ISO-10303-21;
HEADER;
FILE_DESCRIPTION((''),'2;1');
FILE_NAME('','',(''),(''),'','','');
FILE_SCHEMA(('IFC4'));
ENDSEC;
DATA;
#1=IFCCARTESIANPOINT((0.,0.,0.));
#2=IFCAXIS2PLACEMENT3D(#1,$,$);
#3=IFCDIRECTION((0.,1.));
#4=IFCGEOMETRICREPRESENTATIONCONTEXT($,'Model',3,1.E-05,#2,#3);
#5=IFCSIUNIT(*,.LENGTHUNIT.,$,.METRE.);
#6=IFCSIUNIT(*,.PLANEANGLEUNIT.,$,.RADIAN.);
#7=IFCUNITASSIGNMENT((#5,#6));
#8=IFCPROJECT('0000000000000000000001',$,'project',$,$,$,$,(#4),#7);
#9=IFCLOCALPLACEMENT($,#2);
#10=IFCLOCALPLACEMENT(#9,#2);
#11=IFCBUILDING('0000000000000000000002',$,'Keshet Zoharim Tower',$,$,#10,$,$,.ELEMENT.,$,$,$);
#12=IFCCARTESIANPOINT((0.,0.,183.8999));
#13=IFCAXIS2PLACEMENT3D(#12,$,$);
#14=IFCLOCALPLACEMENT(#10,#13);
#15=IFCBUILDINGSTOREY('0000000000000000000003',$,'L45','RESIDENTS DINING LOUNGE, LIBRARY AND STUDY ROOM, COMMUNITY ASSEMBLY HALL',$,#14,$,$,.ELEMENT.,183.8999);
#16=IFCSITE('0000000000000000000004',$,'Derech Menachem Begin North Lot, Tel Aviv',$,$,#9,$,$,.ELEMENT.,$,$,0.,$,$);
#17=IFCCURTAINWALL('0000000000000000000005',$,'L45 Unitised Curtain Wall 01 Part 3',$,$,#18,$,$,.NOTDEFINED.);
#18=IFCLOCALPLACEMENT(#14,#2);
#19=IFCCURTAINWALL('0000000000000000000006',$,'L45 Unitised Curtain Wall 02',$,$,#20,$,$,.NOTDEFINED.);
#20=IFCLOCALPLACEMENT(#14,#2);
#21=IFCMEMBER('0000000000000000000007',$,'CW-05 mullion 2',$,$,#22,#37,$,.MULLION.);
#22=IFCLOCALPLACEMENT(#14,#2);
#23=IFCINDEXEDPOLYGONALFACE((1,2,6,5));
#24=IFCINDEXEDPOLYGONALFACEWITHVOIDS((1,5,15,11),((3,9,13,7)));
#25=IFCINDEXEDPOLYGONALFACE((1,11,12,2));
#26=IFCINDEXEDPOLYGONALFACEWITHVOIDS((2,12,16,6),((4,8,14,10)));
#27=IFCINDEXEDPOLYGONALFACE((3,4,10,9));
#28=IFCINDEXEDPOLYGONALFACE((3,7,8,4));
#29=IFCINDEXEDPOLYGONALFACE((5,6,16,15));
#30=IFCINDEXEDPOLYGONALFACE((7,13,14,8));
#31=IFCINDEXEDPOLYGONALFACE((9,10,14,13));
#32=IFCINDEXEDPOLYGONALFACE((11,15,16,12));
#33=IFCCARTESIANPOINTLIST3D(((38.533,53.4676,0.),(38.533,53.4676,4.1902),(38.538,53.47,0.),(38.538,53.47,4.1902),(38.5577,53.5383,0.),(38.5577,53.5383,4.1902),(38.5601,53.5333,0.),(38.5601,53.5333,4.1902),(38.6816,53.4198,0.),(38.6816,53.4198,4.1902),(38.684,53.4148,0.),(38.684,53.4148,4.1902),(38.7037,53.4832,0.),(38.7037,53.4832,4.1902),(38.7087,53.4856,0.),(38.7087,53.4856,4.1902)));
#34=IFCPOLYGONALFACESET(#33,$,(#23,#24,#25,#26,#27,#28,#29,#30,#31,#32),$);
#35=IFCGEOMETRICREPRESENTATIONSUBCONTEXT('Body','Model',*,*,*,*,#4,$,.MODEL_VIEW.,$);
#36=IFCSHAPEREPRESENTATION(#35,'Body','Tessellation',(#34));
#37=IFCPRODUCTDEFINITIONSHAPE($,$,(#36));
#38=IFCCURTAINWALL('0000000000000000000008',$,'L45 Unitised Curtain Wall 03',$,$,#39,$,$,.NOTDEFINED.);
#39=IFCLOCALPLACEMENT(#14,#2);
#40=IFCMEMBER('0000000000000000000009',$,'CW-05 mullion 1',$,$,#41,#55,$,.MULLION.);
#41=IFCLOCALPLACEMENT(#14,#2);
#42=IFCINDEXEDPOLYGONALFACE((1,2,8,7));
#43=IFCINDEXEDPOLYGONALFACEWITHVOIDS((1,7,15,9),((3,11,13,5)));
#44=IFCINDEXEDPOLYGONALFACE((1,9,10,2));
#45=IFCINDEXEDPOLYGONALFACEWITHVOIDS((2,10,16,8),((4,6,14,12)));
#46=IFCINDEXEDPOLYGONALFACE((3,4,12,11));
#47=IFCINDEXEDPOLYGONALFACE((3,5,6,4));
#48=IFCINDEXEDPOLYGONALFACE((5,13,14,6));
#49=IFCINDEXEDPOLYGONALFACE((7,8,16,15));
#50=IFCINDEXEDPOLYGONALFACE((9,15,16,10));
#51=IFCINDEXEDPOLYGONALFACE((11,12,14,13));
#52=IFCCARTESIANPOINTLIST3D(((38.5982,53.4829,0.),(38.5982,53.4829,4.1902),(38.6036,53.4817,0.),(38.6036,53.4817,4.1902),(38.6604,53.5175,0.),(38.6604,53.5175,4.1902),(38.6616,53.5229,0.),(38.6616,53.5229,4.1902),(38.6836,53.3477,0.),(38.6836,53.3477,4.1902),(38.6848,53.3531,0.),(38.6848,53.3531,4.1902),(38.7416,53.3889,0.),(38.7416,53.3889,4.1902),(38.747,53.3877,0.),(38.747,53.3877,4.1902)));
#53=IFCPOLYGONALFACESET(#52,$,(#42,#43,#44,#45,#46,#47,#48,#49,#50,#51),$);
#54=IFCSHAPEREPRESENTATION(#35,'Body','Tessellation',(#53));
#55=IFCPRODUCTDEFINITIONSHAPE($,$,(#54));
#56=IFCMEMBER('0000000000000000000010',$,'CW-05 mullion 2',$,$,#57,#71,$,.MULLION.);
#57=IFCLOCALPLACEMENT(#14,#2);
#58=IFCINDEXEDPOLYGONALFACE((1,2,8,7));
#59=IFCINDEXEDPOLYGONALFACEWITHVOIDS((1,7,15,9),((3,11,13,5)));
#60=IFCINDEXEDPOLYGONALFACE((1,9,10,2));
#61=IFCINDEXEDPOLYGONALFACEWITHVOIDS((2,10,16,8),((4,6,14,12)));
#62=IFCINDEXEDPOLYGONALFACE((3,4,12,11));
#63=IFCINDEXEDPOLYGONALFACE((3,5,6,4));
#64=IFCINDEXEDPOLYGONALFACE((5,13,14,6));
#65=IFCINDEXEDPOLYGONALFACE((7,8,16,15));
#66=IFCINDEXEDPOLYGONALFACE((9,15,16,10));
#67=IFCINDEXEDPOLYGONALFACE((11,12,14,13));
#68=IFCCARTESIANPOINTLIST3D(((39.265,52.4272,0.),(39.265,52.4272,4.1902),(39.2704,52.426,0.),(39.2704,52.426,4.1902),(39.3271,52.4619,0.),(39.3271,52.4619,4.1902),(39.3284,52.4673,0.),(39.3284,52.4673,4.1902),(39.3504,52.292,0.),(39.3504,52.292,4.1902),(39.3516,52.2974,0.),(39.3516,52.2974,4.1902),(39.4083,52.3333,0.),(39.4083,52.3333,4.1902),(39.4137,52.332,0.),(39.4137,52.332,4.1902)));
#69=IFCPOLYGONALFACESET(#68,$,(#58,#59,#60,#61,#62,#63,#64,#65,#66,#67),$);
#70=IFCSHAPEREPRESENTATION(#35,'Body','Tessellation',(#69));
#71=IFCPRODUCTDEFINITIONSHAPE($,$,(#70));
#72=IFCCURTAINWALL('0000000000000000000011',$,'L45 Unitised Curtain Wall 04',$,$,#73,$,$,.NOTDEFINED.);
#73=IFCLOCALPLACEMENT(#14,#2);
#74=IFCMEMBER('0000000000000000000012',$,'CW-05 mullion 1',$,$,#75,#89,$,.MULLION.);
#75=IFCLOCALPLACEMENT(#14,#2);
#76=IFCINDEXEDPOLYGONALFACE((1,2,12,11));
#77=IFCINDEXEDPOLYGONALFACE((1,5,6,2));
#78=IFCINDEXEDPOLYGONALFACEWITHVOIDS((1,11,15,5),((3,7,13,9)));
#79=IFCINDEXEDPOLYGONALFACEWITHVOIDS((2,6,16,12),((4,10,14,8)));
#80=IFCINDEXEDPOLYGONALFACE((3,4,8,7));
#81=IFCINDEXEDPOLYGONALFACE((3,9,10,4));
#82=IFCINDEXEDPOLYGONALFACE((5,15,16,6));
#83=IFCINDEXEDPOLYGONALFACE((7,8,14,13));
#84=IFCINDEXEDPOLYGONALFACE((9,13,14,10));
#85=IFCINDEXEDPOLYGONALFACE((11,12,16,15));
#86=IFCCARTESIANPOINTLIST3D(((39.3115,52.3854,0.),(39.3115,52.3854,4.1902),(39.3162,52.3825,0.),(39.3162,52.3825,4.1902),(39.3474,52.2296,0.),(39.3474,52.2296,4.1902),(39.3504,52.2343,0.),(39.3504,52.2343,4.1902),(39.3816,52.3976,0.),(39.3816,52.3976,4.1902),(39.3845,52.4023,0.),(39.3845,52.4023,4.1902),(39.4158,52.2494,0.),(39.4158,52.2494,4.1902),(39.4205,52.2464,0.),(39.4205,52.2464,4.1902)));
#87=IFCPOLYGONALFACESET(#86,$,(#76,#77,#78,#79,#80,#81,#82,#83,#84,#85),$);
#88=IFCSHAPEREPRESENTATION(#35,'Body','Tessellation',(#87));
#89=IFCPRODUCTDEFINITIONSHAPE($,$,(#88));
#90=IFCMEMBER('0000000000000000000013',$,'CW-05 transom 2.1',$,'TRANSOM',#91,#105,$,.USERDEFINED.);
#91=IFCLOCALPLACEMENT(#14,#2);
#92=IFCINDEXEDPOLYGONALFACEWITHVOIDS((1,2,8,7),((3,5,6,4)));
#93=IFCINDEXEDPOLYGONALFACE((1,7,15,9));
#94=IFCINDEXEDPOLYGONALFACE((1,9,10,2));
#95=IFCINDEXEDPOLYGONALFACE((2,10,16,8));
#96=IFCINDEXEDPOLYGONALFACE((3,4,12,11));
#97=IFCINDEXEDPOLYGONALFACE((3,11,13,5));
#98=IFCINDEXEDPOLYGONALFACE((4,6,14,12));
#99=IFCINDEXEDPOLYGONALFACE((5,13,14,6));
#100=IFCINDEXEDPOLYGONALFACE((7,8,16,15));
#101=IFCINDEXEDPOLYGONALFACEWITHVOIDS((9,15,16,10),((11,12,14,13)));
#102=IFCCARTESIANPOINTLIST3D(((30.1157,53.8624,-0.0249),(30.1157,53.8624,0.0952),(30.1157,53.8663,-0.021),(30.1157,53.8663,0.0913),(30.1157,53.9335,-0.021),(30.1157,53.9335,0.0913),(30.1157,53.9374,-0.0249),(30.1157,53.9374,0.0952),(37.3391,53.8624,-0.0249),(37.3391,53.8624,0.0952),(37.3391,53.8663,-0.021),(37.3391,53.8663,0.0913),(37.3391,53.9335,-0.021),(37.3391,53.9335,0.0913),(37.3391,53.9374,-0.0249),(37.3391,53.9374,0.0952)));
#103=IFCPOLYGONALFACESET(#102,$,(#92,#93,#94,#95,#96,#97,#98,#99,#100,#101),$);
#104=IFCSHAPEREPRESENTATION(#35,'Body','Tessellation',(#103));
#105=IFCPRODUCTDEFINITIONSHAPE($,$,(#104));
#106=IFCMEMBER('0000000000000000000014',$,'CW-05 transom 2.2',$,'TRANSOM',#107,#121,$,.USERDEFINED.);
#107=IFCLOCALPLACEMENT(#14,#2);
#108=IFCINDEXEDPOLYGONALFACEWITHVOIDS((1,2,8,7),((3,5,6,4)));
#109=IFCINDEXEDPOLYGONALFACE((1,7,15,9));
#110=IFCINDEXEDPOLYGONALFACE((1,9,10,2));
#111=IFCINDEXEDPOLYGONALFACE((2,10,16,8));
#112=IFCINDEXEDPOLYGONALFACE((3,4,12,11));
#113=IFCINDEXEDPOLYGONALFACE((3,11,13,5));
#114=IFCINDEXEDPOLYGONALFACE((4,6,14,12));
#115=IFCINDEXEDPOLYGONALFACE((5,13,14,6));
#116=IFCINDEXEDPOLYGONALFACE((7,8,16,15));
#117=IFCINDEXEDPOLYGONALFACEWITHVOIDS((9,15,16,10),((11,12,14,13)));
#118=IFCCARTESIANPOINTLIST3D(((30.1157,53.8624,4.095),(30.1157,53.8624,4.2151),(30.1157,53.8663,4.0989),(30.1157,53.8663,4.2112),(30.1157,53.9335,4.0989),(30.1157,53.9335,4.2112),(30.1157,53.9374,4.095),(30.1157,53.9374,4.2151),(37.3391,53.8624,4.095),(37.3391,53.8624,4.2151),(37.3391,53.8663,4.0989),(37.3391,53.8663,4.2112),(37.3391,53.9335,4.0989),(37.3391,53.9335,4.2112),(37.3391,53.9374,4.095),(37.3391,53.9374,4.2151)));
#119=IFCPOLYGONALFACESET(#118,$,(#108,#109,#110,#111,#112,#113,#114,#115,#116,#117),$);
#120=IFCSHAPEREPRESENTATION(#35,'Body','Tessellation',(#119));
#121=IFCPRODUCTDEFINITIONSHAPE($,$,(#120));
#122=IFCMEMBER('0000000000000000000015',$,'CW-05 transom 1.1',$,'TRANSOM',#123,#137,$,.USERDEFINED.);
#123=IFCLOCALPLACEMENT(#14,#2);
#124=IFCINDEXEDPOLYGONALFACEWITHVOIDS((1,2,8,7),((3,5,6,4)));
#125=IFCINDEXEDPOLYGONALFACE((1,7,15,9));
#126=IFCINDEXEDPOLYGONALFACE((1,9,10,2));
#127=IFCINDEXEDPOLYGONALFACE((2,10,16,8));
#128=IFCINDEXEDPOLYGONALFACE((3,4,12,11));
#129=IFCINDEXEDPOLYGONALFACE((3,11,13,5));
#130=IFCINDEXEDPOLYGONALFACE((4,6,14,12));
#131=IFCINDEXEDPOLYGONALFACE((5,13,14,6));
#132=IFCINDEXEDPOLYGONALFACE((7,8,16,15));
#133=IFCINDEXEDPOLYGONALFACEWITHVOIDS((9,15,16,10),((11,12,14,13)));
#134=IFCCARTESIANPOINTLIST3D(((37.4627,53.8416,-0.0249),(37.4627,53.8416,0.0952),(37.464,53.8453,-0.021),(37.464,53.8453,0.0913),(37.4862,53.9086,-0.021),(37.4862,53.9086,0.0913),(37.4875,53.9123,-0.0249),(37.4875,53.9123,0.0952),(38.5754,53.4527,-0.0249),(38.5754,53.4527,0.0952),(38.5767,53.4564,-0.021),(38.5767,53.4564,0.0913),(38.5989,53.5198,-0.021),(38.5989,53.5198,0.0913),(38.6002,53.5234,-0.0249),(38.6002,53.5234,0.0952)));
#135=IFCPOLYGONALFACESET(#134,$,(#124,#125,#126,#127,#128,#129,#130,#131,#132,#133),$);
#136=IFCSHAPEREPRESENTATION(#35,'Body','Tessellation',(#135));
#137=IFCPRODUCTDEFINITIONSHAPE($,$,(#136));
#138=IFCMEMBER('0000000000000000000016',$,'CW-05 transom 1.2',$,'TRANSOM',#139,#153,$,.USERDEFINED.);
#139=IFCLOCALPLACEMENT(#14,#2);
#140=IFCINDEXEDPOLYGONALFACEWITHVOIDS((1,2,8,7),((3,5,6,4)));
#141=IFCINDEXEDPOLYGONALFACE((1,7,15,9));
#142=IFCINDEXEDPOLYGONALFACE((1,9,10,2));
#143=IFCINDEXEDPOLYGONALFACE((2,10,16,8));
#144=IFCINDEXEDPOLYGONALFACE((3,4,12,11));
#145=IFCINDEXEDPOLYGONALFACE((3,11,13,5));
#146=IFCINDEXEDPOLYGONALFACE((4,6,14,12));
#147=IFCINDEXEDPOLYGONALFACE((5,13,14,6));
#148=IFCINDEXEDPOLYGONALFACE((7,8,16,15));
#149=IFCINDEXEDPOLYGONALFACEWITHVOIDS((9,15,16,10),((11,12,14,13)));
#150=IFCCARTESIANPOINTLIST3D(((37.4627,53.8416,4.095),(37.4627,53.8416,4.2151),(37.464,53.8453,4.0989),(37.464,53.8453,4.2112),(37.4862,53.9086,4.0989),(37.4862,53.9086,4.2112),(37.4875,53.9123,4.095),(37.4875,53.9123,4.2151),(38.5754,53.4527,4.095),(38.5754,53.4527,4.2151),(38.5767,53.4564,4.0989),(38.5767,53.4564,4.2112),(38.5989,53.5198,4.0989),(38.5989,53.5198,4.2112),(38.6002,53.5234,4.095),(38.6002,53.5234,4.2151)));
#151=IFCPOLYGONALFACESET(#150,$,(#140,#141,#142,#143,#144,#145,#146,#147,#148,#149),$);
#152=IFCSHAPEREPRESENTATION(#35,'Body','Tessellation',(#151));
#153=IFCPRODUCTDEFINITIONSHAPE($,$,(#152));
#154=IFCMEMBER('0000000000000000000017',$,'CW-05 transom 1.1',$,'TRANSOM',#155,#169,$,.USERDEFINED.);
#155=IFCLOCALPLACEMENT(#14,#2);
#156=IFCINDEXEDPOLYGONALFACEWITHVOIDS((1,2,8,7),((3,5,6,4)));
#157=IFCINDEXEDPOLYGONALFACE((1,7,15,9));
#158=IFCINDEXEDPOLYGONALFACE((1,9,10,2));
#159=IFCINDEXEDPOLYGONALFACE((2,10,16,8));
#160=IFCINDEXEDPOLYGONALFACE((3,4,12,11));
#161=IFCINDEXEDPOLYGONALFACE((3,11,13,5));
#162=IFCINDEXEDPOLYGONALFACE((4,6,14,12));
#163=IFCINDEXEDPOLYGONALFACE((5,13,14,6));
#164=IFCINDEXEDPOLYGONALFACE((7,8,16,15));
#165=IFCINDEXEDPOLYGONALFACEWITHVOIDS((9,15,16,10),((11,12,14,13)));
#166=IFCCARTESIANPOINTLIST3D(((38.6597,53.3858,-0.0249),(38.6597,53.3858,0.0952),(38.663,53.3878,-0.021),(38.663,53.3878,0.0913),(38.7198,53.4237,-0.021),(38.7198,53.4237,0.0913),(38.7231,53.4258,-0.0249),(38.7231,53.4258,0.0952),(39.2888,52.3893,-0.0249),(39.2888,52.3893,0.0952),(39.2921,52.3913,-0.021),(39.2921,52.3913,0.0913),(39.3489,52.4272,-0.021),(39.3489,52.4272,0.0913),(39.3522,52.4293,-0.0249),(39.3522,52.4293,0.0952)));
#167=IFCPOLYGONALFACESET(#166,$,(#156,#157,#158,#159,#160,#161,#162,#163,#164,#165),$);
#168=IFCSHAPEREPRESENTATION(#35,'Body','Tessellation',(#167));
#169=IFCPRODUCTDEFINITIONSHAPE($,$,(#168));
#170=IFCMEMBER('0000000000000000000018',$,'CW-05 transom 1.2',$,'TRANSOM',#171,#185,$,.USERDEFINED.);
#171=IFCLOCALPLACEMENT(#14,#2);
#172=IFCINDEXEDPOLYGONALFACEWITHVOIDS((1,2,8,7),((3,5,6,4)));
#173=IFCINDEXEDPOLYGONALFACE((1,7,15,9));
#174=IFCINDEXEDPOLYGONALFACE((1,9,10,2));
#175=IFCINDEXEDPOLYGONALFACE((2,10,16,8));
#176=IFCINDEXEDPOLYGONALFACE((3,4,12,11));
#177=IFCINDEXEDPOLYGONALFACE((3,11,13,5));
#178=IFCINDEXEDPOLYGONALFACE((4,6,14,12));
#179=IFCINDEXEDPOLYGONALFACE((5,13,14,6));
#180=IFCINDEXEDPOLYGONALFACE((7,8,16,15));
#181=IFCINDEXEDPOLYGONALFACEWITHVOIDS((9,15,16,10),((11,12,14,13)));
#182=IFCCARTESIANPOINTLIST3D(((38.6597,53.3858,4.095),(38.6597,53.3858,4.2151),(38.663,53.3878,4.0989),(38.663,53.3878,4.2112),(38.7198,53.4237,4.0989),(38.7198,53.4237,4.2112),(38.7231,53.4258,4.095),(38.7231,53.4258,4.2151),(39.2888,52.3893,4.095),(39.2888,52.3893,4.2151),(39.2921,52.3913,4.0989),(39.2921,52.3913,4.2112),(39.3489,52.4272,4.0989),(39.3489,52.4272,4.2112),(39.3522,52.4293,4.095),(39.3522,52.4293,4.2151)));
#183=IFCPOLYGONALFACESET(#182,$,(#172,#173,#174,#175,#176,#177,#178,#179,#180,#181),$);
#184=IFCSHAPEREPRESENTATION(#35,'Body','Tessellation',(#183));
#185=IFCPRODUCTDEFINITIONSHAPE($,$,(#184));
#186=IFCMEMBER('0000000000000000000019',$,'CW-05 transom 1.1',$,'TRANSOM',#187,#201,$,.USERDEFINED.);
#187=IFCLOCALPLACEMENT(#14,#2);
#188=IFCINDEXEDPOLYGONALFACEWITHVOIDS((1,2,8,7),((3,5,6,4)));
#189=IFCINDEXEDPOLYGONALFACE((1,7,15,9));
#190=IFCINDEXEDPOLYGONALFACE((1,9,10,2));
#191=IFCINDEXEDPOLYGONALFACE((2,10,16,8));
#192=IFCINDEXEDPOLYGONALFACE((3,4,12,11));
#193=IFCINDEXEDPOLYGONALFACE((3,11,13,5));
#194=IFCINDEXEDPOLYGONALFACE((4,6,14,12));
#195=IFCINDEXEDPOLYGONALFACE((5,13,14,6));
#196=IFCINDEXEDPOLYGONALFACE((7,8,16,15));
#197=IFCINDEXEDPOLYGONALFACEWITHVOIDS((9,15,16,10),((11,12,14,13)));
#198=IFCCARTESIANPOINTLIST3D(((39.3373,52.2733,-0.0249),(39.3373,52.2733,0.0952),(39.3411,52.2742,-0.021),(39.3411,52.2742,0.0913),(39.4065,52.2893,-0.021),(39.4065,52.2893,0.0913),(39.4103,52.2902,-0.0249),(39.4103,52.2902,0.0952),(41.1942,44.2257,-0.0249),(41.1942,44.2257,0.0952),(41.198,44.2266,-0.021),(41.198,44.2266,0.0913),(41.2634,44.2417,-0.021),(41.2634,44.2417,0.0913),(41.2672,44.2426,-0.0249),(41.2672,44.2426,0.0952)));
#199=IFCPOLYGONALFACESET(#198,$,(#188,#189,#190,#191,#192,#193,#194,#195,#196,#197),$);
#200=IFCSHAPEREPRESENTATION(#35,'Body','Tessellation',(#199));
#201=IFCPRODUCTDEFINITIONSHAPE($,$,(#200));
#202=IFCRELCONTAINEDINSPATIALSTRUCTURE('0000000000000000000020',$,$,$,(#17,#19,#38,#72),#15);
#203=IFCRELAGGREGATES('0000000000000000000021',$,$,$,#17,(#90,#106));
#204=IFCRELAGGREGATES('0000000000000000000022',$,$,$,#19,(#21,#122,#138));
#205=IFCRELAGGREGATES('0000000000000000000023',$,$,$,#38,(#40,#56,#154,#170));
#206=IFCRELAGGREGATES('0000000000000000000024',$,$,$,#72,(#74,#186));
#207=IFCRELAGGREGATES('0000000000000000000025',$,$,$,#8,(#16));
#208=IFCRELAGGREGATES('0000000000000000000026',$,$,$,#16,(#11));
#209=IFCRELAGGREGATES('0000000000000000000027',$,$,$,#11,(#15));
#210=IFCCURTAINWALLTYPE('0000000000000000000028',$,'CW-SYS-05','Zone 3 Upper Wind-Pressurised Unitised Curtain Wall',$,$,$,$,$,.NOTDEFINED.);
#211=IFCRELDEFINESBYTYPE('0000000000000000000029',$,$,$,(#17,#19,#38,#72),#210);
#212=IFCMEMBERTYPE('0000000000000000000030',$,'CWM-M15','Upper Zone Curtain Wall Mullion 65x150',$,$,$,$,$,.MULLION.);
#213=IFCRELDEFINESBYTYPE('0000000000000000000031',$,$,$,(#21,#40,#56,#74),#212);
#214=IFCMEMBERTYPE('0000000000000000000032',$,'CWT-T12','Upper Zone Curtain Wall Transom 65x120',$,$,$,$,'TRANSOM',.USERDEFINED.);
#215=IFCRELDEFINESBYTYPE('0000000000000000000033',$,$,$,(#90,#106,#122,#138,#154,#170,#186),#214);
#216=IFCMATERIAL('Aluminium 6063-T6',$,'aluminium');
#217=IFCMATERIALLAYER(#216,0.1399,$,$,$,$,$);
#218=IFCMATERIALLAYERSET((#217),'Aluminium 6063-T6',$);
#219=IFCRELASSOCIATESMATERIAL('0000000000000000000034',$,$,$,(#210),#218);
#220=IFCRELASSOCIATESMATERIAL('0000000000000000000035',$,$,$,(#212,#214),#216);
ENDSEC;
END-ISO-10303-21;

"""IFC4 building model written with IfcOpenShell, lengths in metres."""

from ifc_helpers import new_model, si_unit, direction, frame, origin, origin_2d, place, context, subcontext, project, spatial, hollow_rectangle, extrude, material, layer, layer_set, material_profile, profile_set, type_object, element, aggregate, save


model = new_model("IFC4")

# Units and contexts
model_context = context("Model", 3, precision=1e-05, world=origin(), true_north=direction((0.0, 1.0)))
body_context = subcontext(model_context, "Body", "Model", "MODEL_VIEW")
ifc_project = project(units=[si_unit("LENGTHUNIT", "METRE"), si_unit("PLANEANGLEUNIT", "RADIAN")], contexts=[model_context])

# Site, building, storey
site_placement = place(None, origin())
site = spatial("IfcSite", under=ifc_project, at=site_placement, Name="Derech Menachem Begin North Lot, Tel Aviv", CompositionType="ELEMENT", RefElevation=0.0)
building_placement = place(site_placement, origin())
building = spatial("IfcBuilding", under=site, at=building_placement, Name="Keshet Zoharim Tower", CompositionType="ELEMENT")
storey_placement = place(building_placement, frame((0.0, 0.0, 183.8999)))
storey = spatial("IfcBuildingStorey", under=building, at=storey_placement, Name="L45", Description="RESIDENTS DINING LOUNGE, LIBRARY AND STUDY ROOM, COMMUNITY ASSEMBLY HALL", CompositionType="ELEMENT", Elevation=183.8999)

# Curtain walls, members
ifc_material_1 = material(Name="Aluminium 6063-T6", Category="aluminium")
ifc_layer_1 = layer(ifc_material_1, 0.1399)
ifc_layer_set_1 = layer_set([ifc_layer_1], Name="Aluminium 6063-T6")
curtain_wall_type = type_object("IfcCurtainWallType", Name="CW-SYS-05", Description="Zone 3 Upper Wind-Pressurised Unitised Curtain Wall", PredefinedType="NOTDEFINED", material=ifc_layer_set_1)
curtain_wall_1_placement = place(storey_placement, origin())
curtain_wall_1 = element("IfcCurtainWall", 1, at=curtain_wall_1_placement, inside=storey, type_object=curtain_wall_type, Name="L45 Unitised Curtain Wall 01 Part 3", PredefinedType="NOTDEFINED")
ifc_material_profile_1 = material_profile(ifc_material_1, hollow_rectangle(XDim=0.075, YDim=0.1599, WallThickness=0.0039, at=origin_2d()), Name="MUL-75x160")
ifc_profile_set_1 = profile_set([ifc_material_profile_1], Name="Aluminium 6063-T6")
member_type_1 = type_object("IfcMemberType", Name="CWM-M15", Description="Upper Zone Curtain Wall Mullion 65x150", PredefinedType="MULLION", material=ifc_profile_set_1)
curtain_wall_2_placement = place(storey_placement, origin())
curtain_wall_2 = element("IfcCurtainWall", 2, at=curtain_wall_2_placement, inside=storey, type_object=curtain_wall_type, Name="L45 Unitised Curtain Wall 02", PredefinedType="NOTDEFINED")
member_1_placement = place(storey_placement, frame((38.6208, 53.4766, 0.0), z_axis=(0.0, 0.0, 1.0), x_axis=(0.329844, 0.944036, 0.0)))
member_1 = element("IfcMember", 3, at=member_1_placement, type_object=member_type_1, Name="CW-05 mullion 2", PredefinedType="MULLION", context=body_context, shape_type="SweptSolid", body=[
    extrude(hollow_rectangle(XDim=0.075, YDim=0.1599, WallThickness=0.0039, at=origin_2d()), origin(), (0.0, 0.0, 1.0), 4.1902),
])
curtain_wall_3_placement = place(storey_placement, origin())
curtain_wall_3 = element("IfcCurtainWall", 4, at=curtain_wall_3_placement, inside=storey, type_object=curtain_wall_type, Name="L45 Unitised Curtain Wall 03", PredefinedType="NOTDEFINED")
member_2_placement = place(storey_placement, frame((38.6726, 53.4353, 0.0), z_axis=(0.0, 0.0, 1.0), x_axis=(0.845561, 0.533879, 0.0)))
member_2 = element("IfcMember", 5, at=member_2_placement, type_object=member_type_1, Name="CW-05 mullion 1", PredefinedType="MULLION", context=body_context, shape_type="SweptSolid", body=[
    extrude(hollow_rectangle(XDim=0.075, YDim=0.1599, WallThickness=0.0039, at=origin_2d()), origin(), (0.0, 0.0, 1.0), 4.1902),
])
member_3_placement = place(storey_placement, frame((39.3394, 52.3796, 0.0), z_axis=(0.0, 0.0, 1.0), x_axis=(0.845561, 0.533879, 0.0)))
member_3 = element("IfcMember", 6, at=member_3_placement, type_object=member_type_1, Name="CW-05 mullion 2", PredefinedType="MULLION", context=body_context, shape_type="SweptSolid", body=[
    extrude(hollow_rectangle(XDim=0.075, YDim=0.1599, WallThickness=0.0039, at=origin_2d()), origin(), (0.0, 0.0, 1.0), 4.1902),
])

# Curtain wall, member
curtain_wall_4_placement = place(storey_placement, origin())
curtain_wall_4 = element("IfcCurtainWall", 7, at=curtain_wall_4_placement, inside=storey, type_object=curtain_wall_type, Name="L45 Unitised Curtain Wall 04", PredefinedType="NOTDEFINED")
member_4_placement = place(storey_placement, frame((39.366, 52.3159, 0.0), z_axis=(0.0, 0.0, 1.0), x_axis=(0.974394, 0.224848, 0.0)))
member_4 = element("IfcMember", 8, at=member_4_placement, type_object=member_type_1, Name="CW-05 mullion 1", PredefinedType="MULLION", context=body_context, shape_type="SweptSolid", body=[
    extrude(hollow_rectangle(XDim=0.075, YDim=0.1599, WallThickness=0.0039, at=origin_2d()), origin(), (0.0, 0.0, 1.0), 4.1902),
])

# Members
ifc_material_profile_2 = material_profile(ifc_material_1, hollow_rectangle(XDim=0.075, YDim=0.1201, WallThickness=0.0039, at=origin_2d()), Name="TRN-75x120")
ifc_profile_set_2 = profile_set([ifc_material_profile_2], Name="Aluminium 6063-T6")
member_type_2 = type_object("IfcMemberType", Name="CWT-T12", Description="Upper Zone Curtain Wall Transom 65x120", ElementType="TRANSOM", PredefinedType="USERDEFINED", material=ifc_profile_set_2)
member_5_placement = place(storey_placement, frame((30.1157, 53.8999, 0.0352), z_axis=(1.0, 0.0, 0.0), x_axis=(0.0, 1.0, 0.0)))
member_5 = element("IfcMember", 9, at=member_5_placement, type_object=member_type_2, Name="CW-05 transom 2.1", ObjectType="TRANSOM", PredefinedType="USERDEFINED", context=body_context, shape_type="SweptSolid", body=[
    extrude(hollow_rectangle(XDim=0.075, YDim=0.1201, WallThickness=0.0039, at=origin_2d()), origin(), (0.0, 0.0, 1.0), 7.2234),
])
member_6_placement = place(storey_placement, frame((30.1157, 53.8999, 4.155), z_axis=(1.0, 0.0, 0.0), x_axis=(0.0, 1.0, 0.0)))
member_6 = element("IfcMember", 10, at=member_6_placement, type_object=member_type_2, Name="CW-05 transom 2.2", ObjectType="TRANSOM", PredefinedType="USERDEFINED", context=body_context, shape_type="SweptSolid", body=[
    extrude(hollow_rectangle(XDim=0.075, YDim=0.1201, WallThickness=0.0039, at=origin_2d()), origin(), (0.0, 0.0, 1.0), 7.2234),
])
member_7_placement = place(storey_placement, frame((37.4751, 53.877, 0.0352), z_axis=(0.944007, -0.329926, 0.0), x_axis=(0.329926, 0.944007, 0.0)))
member_7 = element("IfcMember", 11, at=member_7_placement, type_object=member_type_2, Name="CW-05 transom 1.1", ObjectType="TRANSOM", PredefinedType="USERDEFINED", context=body_context, shape_type="SweptSolid", body=[
    extrude(hollow_rectangle(XDim=0.075, YDim=0.1201, WallThickness=0.0039, at=origin_2d()), origin(), (0.0, 0.0, 1.0), 1.1787),
])
member_8_placement = place(storey_placement, frame((37.4751, 53.877, 4.155), z_axis=(0.944007, -0.329926, 0.0), x_axis=(0.329926, 0.944007, 0.0)))
member_8 = element("IfcMember", 12, at=member_8_placement, type_object=member_type_2, Name="CW-05 transom 1.2", ObjectType="TRANSOM", PredefinedType="USERDEFINED", context=body_context, shape_type="SweptSolid", body=[
    extrude(hollow_rectangle(XDim=0.075, YDim=0.1201, WallThickness=0.0039, at=origin_2d()), origin(), (0.0, 0.0, 1.0), 1.1787),
])
member_9_placement = place(storey_placement, frame((38.6914, 53.4058, 0.0352), z_axis=(0.533829, -0.845592, 0.0), x_axis=(0.845592, 0.533829, 0.0)))
member_9 = element("IfcMember", 13, at=member_9_placement, type_object=member_type_2, Name="CW-05 transom 1.1", ObjectType="TRANSOM", PredefinedType="USERDEFINED", context=body_context, shape_type="SweptSolid", body=[
    extrude(hollow_rectangle(XDim=0.075, YDim=0.1201, WallThickness=0.0039, at=origin_2d()), origin(), (0.0, 0.0, 1.0), 1.1785),
])
member_10_placement = place(storey_placement, frame((38.6914, 53.4058, 4.155), z_axis=(0.533829, -0.845592, 0.0), x_axis=(0.845592, 0.533829, 0.0)))
member_10 = element("IfcMember", 14, at=member_10_placement, type_object=member_type_2, Name="CW-05 transom 1.2", ObjectType="TRANSOM", PredefinedType="USERDEFINED", context=body_context, shape_type="SweptSolid", body=[
    extrude(hollow_rectangle(XDim=0.075, YDim=0.1201, WallThickness=0.0039, at=origin_2d()), origin(), (0.0, 0.0, 1.0), 1.1785),
])
member_11_placement = place(storey_placement, frame((39.3738, 52.2817, 0.0352), z_axis=(0.224836, -0.974397, 0.0), x_axis=(0.974397, 0.224836, 0.0)))
member_11 = element("IfcMember", 15, at=member_11_placement, type_object=member_type_2, Name="CW-05 transom 1.1", ObjectType="TRANSOM", PredefinedType="USERDEFINED", context=body_context, shape_type="SweptSolid", body=[
    extrude(hollow_rectangle(XDim=0.075, YDim=0.1201, WallThickness=0.0039, at=origin_2d()), origin(), (0.0, 0.0, 1.0), 8.259),
])

aggregate(curtain_wall_1, [member_5, member_6])
aggregate(curtain_wall_2, [member_1, member_7, member_8])
aggregate(curtain_wall_3, [member_2, member_3, member_9, member_10])
aggregate(curtain_wall_4, [member_4, member_11])

save(model, "model.ifc")
